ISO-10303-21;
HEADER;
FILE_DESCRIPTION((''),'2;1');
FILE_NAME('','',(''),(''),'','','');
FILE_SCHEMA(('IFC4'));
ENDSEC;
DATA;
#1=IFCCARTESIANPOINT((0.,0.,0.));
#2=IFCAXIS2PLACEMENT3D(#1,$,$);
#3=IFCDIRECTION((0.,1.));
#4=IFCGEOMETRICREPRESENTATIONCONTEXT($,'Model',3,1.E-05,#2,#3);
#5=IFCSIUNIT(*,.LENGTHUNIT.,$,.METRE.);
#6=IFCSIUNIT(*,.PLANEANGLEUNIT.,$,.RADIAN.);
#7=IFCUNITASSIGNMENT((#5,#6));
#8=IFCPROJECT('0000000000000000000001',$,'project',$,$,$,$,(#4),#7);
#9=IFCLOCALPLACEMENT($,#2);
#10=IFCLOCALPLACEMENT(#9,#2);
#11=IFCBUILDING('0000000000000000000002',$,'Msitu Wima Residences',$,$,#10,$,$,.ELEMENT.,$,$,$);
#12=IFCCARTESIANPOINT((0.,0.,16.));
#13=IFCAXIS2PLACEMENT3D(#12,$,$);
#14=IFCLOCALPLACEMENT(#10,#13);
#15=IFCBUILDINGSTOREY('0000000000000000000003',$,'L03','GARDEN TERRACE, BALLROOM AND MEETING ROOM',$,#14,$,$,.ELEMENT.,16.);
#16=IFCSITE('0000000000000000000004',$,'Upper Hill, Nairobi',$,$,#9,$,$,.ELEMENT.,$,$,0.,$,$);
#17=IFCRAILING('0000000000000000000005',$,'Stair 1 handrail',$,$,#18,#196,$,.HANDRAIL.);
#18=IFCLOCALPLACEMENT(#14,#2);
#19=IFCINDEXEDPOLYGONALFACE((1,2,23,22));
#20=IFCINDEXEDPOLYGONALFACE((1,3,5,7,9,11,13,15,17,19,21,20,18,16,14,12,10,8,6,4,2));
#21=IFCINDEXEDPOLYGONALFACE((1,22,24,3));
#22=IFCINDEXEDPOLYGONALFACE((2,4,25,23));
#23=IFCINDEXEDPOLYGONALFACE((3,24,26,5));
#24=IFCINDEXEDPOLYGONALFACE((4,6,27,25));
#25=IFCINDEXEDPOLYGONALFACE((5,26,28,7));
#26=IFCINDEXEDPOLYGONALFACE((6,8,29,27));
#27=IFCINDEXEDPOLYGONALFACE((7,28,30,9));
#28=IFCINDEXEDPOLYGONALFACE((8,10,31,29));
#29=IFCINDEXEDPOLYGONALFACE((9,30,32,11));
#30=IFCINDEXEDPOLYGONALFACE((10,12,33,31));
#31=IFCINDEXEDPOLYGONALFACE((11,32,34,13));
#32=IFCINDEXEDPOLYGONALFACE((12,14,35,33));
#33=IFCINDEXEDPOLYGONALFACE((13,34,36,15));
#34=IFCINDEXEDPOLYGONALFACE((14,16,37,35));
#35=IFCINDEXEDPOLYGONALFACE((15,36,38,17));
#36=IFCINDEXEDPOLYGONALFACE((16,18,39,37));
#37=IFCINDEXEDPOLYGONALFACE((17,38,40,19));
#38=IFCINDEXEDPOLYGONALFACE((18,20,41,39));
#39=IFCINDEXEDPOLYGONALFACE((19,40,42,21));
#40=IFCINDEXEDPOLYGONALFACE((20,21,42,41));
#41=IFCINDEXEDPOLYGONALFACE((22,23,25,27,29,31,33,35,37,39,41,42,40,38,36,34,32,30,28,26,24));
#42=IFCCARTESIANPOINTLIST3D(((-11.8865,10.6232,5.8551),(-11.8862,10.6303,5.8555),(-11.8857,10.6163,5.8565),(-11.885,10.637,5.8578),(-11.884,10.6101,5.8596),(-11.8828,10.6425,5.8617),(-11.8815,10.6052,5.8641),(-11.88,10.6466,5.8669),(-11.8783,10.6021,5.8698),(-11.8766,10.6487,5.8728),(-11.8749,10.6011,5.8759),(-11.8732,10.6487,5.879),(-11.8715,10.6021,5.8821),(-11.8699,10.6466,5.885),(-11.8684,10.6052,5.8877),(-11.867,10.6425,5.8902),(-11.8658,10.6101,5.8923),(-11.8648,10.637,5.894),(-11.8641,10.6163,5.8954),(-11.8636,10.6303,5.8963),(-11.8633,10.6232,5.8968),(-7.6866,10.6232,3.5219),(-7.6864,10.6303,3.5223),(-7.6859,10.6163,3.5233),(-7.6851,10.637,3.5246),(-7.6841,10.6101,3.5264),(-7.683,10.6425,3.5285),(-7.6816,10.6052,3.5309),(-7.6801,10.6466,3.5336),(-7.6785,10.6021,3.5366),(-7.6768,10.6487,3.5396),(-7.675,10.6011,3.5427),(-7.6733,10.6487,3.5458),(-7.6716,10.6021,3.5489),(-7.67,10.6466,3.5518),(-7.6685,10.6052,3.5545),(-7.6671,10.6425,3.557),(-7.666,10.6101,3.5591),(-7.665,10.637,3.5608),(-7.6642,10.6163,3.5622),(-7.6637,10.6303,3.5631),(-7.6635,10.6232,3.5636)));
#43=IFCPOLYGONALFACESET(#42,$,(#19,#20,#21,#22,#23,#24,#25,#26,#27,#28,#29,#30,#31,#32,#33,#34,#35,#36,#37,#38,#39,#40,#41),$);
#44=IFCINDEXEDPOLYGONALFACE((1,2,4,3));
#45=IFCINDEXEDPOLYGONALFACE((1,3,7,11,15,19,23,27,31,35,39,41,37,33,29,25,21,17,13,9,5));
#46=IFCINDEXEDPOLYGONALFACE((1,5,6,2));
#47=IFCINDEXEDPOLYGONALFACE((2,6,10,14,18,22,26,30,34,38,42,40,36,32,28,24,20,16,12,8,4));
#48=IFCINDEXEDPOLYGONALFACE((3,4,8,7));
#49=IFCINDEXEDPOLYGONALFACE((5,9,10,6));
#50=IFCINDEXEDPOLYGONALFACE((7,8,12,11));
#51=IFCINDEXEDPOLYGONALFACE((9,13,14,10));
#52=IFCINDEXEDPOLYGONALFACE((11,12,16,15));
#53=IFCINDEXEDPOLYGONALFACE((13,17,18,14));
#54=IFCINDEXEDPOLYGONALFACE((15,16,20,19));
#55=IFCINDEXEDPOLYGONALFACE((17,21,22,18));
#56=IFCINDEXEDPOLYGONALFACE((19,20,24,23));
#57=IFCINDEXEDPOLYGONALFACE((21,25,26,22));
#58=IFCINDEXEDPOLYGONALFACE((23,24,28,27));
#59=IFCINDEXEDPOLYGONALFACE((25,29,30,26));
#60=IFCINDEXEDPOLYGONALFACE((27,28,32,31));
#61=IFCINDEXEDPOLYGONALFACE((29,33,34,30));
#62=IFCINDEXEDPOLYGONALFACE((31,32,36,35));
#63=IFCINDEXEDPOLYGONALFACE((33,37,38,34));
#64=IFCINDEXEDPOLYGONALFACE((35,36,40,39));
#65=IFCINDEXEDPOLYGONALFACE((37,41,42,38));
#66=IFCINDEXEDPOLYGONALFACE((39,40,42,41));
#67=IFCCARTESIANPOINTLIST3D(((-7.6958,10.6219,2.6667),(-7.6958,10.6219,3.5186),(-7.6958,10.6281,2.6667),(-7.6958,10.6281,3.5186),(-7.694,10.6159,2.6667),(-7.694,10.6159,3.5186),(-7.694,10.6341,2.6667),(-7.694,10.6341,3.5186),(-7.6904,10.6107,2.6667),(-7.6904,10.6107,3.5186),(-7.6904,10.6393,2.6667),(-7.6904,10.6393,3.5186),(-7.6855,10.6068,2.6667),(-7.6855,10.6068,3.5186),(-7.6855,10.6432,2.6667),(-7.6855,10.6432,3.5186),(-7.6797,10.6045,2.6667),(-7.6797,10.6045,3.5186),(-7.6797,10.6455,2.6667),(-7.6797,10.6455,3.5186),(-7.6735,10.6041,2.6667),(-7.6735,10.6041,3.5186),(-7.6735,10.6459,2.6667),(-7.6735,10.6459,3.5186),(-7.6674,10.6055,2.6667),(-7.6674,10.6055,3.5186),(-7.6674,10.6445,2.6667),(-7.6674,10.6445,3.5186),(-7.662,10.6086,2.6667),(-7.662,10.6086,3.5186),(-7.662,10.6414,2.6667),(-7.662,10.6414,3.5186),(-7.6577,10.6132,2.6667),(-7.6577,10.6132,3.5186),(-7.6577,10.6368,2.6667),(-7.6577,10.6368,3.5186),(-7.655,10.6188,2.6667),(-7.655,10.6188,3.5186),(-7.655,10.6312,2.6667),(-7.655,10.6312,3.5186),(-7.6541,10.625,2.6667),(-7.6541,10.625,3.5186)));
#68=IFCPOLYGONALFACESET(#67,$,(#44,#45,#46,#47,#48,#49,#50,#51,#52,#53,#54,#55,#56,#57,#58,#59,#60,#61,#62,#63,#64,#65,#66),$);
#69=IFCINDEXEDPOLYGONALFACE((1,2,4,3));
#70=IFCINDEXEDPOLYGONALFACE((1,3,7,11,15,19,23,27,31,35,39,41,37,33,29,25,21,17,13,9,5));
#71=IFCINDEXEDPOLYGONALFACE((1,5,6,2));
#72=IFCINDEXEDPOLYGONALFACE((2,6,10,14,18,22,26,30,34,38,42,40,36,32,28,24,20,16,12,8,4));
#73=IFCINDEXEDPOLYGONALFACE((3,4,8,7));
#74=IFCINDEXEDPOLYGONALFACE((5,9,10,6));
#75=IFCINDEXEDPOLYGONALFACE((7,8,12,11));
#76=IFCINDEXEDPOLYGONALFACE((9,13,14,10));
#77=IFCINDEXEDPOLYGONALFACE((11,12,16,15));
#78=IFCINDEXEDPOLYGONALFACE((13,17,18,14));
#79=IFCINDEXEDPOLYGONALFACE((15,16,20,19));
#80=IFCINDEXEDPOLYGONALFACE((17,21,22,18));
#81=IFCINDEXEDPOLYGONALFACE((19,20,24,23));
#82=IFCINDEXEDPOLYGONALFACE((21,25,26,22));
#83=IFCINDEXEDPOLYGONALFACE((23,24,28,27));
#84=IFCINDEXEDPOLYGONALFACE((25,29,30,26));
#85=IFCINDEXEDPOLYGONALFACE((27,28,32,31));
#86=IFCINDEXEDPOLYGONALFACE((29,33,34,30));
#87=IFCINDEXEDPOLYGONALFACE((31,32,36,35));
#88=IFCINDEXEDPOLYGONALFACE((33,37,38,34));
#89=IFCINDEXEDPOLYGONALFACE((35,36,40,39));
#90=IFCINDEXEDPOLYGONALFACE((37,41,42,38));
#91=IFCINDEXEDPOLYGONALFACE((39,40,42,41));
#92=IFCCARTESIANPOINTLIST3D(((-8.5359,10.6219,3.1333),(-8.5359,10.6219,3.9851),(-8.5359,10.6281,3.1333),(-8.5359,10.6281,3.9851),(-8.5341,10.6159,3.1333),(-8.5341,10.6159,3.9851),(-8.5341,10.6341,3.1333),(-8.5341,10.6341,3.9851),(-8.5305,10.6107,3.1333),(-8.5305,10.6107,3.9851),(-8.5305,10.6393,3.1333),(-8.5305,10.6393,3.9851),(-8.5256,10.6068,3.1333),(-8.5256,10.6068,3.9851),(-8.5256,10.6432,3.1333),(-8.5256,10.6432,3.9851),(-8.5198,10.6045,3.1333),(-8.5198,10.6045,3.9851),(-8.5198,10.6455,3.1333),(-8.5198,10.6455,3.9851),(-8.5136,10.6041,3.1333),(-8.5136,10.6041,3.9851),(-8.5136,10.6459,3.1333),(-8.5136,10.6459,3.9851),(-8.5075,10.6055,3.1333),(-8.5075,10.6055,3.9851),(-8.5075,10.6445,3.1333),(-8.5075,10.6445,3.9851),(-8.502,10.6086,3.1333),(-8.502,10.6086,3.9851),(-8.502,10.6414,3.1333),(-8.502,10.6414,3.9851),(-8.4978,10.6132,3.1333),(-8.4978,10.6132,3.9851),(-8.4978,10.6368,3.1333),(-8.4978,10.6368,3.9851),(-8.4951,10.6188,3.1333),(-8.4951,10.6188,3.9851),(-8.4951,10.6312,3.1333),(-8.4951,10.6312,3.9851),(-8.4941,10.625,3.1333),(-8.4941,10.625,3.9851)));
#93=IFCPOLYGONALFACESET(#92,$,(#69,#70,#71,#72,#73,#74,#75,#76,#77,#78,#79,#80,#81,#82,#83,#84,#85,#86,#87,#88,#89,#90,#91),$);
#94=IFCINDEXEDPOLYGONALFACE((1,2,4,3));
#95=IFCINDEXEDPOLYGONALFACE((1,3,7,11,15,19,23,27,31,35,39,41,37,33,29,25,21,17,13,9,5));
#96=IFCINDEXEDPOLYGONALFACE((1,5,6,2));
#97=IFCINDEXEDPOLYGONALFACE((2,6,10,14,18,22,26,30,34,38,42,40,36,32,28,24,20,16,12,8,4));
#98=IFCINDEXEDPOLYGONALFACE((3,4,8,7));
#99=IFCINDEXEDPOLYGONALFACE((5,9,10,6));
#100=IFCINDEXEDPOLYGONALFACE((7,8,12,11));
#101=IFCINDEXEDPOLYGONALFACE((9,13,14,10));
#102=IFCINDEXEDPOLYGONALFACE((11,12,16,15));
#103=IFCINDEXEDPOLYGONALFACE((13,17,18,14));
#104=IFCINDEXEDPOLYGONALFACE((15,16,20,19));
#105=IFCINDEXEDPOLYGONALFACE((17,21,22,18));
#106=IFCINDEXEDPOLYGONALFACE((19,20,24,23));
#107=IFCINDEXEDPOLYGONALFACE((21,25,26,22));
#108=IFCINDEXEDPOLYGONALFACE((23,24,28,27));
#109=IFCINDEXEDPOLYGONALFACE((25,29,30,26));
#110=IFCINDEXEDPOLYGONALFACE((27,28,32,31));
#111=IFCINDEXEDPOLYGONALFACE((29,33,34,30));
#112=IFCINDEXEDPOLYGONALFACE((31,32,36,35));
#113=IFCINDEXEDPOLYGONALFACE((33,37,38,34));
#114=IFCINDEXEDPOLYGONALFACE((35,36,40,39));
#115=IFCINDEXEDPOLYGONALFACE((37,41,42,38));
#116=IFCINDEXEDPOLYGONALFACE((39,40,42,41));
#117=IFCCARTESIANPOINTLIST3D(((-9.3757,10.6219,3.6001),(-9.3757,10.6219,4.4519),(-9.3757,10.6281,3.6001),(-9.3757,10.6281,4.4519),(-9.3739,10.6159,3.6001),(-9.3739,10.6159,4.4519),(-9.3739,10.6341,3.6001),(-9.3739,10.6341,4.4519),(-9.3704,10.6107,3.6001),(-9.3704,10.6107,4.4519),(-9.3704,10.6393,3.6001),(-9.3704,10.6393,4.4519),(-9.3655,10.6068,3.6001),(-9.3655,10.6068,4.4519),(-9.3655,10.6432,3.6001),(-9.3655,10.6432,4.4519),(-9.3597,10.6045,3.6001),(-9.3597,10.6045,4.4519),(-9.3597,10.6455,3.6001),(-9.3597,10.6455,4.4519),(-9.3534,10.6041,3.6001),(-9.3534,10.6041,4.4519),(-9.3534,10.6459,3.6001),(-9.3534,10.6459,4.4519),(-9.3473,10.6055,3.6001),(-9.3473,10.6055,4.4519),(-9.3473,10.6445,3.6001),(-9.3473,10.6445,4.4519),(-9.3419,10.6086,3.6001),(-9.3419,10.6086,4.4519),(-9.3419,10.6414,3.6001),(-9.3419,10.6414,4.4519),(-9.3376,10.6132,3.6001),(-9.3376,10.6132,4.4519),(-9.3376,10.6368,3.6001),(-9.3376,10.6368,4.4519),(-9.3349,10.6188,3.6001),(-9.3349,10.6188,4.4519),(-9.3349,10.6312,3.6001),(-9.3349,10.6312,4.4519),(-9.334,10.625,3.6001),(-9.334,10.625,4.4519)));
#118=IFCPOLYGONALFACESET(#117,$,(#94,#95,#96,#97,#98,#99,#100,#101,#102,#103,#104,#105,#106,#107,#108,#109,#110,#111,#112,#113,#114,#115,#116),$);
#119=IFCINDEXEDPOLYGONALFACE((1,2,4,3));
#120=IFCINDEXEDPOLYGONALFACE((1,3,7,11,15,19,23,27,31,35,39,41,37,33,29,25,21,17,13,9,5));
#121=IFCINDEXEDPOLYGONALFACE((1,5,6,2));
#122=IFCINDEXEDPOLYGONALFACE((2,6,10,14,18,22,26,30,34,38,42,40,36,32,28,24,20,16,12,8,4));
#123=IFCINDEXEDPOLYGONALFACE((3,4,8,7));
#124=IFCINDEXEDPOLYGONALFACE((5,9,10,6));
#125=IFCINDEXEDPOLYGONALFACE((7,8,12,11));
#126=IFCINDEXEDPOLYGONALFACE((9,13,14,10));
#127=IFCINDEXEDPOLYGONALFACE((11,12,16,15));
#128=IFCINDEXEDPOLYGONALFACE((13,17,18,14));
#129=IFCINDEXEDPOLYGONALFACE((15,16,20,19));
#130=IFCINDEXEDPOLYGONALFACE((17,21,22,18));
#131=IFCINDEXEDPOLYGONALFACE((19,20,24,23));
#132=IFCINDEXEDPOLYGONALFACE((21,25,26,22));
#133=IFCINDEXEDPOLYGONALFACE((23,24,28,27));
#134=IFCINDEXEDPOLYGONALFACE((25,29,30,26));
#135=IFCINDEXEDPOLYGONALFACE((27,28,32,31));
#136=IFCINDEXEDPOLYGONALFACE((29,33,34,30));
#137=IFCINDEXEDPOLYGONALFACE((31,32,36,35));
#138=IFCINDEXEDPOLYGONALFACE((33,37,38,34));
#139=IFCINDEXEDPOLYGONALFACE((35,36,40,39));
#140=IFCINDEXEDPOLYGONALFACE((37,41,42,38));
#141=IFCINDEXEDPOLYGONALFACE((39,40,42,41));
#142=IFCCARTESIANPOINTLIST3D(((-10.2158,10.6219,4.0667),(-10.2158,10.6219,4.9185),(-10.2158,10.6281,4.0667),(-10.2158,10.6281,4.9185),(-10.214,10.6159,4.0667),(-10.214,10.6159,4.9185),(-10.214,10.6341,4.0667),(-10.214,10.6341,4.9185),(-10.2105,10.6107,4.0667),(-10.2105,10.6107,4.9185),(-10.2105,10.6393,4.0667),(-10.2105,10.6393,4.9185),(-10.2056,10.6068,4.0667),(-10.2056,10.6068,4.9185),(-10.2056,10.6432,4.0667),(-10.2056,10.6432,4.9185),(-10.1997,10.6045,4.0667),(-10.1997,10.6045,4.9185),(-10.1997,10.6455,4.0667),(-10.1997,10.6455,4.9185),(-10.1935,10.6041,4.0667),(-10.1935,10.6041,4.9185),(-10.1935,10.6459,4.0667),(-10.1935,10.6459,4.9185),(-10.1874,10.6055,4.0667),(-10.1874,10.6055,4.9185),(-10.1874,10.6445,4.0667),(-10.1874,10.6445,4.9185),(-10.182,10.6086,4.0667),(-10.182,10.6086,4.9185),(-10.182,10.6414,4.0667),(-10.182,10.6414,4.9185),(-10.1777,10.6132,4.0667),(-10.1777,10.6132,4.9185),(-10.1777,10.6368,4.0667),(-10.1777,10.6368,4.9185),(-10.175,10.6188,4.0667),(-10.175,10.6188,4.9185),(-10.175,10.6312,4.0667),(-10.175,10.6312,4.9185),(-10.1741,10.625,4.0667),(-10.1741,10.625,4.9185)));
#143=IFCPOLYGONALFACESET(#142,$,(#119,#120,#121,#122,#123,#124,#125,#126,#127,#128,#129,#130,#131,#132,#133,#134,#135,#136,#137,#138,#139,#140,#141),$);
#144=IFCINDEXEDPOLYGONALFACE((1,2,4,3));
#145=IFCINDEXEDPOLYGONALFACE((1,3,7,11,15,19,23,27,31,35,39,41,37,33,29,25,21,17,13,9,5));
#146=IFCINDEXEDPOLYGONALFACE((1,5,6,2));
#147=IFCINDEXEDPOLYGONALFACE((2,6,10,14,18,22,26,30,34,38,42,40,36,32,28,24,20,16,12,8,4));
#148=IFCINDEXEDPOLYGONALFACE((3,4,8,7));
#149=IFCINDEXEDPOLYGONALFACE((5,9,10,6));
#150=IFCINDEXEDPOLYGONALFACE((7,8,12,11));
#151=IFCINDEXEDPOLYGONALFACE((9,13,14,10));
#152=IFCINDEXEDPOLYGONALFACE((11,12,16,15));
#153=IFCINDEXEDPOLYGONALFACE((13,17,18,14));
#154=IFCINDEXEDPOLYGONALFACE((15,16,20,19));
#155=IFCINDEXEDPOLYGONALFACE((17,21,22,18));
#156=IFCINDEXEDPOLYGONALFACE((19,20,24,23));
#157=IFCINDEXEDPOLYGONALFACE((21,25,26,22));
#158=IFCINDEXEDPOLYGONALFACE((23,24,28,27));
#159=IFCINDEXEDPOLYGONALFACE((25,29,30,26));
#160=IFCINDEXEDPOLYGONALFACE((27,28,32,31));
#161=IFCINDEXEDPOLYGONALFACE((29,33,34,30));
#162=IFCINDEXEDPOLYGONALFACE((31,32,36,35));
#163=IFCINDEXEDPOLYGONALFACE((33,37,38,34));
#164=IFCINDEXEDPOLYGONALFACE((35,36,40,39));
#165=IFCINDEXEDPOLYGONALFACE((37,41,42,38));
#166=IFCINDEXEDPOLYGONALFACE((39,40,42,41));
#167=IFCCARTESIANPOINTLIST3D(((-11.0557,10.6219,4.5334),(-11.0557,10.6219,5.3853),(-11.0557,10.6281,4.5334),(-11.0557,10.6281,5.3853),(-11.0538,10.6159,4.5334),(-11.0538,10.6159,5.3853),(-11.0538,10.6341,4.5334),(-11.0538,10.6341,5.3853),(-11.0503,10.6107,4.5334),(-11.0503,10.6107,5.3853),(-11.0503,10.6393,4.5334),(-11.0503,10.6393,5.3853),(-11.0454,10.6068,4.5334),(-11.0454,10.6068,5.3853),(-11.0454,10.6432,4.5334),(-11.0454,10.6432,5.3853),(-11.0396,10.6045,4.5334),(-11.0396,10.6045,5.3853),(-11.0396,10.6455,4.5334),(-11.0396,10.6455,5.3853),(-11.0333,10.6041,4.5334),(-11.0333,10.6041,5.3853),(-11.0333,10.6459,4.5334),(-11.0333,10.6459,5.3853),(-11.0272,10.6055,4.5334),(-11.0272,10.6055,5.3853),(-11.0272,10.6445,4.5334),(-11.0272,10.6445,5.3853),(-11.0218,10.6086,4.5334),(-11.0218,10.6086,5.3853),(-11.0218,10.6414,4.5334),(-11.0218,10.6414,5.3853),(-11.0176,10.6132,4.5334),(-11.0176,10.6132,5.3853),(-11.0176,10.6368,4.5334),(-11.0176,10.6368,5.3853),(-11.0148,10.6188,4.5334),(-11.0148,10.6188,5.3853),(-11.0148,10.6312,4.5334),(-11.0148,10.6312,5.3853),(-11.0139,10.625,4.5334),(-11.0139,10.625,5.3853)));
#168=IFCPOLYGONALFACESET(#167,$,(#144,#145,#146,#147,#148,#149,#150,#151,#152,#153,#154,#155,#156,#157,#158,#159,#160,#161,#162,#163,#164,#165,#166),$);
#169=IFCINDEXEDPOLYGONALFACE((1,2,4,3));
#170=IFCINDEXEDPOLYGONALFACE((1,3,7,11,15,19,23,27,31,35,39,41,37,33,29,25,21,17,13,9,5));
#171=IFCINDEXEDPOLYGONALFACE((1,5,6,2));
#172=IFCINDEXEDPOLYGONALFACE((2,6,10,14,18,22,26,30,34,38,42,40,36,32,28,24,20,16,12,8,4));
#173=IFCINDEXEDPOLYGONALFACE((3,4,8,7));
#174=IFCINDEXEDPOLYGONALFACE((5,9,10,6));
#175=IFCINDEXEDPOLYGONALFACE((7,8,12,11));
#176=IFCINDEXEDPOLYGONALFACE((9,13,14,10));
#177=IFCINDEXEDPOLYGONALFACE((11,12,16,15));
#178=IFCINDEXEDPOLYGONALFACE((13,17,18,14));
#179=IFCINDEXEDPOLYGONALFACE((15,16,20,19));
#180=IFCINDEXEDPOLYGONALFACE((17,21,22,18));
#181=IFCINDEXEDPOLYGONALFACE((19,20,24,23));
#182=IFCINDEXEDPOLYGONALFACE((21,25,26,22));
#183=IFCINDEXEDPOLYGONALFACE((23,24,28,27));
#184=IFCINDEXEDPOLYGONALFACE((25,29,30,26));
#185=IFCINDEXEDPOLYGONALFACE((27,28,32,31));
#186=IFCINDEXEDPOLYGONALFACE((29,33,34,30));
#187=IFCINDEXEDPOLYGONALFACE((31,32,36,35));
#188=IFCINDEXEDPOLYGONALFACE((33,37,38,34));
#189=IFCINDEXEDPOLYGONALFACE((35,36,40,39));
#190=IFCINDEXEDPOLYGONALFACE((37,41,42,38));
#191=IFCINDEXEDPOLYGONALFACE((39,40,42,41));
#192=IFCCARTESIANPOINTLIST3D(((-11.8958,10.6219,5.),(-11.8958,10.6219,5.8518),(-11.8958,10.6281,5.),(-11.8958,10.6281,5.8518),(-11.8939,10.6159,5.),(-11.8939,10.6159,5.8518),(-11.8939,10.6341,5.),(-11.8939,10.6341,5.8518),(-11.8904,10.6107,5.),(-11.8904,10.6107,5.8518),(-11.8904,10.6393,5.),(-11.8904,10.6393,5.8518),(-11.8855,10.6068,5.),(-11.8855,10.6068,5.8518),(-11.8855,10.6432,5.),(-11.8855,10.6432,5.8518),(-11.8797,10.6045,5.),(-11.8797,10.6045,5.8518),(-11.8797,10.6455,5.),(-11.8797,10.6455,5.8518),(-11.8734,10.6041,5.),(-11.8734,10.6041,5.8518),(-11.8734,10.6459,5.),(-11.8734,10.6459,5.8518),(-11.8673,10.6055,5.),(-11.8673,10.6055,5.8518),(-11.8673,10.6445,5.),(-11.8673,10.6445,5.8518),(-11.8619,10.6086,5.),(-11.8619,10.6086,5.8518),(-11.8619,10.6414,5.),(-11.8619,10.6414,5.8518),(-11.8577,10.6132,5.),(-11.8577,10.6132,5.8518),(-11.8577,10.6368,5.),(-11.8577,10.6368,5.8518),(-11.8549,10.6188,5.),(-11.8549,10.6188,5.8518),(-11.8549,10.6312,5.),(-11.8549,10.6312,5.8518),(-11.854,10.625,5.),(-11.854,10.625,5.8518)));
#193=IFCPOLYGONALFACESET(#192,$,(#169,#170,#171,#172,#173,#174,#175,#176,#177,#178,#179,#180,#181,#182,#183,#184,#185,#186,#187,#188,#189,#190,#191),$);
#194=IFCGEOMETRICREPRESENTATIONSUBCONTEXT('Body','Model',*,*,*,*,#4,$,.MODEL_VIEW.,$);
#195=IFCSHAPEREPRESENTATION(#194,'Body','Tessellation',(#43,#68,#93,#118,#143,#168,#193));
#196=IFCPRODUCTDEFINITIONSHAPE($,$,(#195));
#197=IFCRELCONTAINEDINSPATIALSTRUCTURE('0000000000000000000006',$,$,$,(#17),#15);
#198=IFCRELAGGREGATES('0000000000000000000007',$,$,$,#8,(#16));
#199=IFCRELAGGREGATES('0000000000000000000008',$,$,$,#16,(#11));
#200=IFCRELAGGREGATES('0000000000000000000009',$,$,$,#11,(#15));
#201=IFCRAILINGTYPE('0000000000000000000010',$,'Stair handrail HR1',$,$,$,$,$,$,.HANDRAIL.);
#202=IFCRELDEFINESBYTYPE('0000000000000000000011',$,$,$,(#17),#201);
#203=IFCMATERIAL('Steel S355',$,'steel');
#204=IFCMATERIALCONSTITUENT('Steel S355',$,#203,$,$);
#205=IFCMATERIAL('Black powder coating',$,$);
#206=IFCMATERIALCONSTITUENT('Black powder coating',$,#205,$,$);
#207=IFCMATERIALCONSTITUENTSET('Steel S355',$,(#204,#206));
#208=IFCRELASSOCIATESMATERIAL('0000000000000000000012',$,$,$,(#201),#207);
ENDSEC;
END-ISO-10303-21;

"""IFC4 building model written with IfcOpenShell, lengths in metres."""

from ifc_helpers import new_model, si_unit, direction, frame, origin, origin_2d, place, context, subcontext, project, spatial, circle, extrude, material, constituent, constituent_set, type_object, element, save


model = new_model("IFC4")

# Units and contexts
model_context = context("Model", 3, precision=1e-05, world=origin(), true_north=direction((0.0, 1.0)))
body_context = subcontext(model_context, "Body", "Model", "MODEL_VIEW")
ifc_project = project(units=[si_unit("LENGTHUNIT", "METRE"), si_unit("PLANEANGLEUNIT", "RADIAN")], contexts=[model_context])

# Site, building, storey
site_placement = place(None, origin())
site = spatial("IfcSite", under=ifc_project, at=site_placement, Name="Upper Hill, Nairobi", CompositionType="ELEMENT", RefElevation=0.0)
building_placement = place(site_placement, origin())
building = spatial("IfcBuilding", under=site, at=building_placement, Name="Msitu Wima Residences", CompositionType="ELEMENT")
storey_placement = place(building_placement, frame((0.0, 0.0, 16.0)))
storey = spatial("IfcBuildingStorey", under=building, at=storey_placement, Name="L03", Description="GARDEN TERRACE, BALLROOM AND MEETING ROOM", CompositionType="ELEMENT", Elevation=16.0)

# Railing
ifc_material_1 = material(Name="Steel S355", Category="steel")
ifc_constituent_1 = constituent(ifc_material_1, Name="Steel S355")
ifc_material_2 = material(Name="Black powder coating")
ifc_constituent_2 = constituent(ifc_material_2, Name="Black powder coating")
ifc_constituent_set = constituent_set(constituents=[ifc_constituent_1, ifc_constituent_2], Name="Steel S355")
railing_type = type_object("IfcRailingType", Name="Stair handrail HR1", PredefinedType="HANDRAIL", material=ifc_constituent_set)
railing_placement = place(storey_placement, frame((-7.675, 10.625, 2.6667)))
element("IfcRailing", 1, at=railing_placement, inside=storey, type_object=railing_type, Name="Stair 1 handrail", PredefinedType="HANDRAIL", context=body_context, shape_type="SweptSolid", body=[
    extrude(circle(Radius=0.0239, at=origin_2d()), frame((0.0, 0.0, 0.876), z_axis=(-0.874162, 0.0, 0.485634), x_axis=(0.0, -1.0, 0.0)), (0.0, 0.0, 1.0), 4.8044),
    extrude(circle(Radius=0.021, at=origin_2d()), origin(), (0.0, 0.0, 1.0), 0.8518),
    extrude(circle(Radius=0.021, at=origin_2d()), frame((-0.8401, 0.0, 0.4666)), (0.0, 0.0, 1.0), 0.8518),
    extrude(circle(Radius=0.021, at=origin_2d()), frame((-1.6799, 0.0, 0.9333)), (0.0, 0.0, 1.0), 0.8518),
    extrude(circle(Radius=0.021, at=origin_2d()), frame((-2.52, 0.0, 1.3999)), (0.0, 0.0, 1.0), 0.8518),
    extrude(circle(Radius=0.021, at=origin_2d()), frame((-3.3599, 0.0, 1.8667)), (0.0, 0.0, 1.0), 0.8518),
    extrude(circle(Radius=0.021, at=origin_2d()), frame((-4.2, 0.0, 2.3333)), (0.0, 0.0, 1.0), 0.8518),
])

save(model, "model.ifc")
